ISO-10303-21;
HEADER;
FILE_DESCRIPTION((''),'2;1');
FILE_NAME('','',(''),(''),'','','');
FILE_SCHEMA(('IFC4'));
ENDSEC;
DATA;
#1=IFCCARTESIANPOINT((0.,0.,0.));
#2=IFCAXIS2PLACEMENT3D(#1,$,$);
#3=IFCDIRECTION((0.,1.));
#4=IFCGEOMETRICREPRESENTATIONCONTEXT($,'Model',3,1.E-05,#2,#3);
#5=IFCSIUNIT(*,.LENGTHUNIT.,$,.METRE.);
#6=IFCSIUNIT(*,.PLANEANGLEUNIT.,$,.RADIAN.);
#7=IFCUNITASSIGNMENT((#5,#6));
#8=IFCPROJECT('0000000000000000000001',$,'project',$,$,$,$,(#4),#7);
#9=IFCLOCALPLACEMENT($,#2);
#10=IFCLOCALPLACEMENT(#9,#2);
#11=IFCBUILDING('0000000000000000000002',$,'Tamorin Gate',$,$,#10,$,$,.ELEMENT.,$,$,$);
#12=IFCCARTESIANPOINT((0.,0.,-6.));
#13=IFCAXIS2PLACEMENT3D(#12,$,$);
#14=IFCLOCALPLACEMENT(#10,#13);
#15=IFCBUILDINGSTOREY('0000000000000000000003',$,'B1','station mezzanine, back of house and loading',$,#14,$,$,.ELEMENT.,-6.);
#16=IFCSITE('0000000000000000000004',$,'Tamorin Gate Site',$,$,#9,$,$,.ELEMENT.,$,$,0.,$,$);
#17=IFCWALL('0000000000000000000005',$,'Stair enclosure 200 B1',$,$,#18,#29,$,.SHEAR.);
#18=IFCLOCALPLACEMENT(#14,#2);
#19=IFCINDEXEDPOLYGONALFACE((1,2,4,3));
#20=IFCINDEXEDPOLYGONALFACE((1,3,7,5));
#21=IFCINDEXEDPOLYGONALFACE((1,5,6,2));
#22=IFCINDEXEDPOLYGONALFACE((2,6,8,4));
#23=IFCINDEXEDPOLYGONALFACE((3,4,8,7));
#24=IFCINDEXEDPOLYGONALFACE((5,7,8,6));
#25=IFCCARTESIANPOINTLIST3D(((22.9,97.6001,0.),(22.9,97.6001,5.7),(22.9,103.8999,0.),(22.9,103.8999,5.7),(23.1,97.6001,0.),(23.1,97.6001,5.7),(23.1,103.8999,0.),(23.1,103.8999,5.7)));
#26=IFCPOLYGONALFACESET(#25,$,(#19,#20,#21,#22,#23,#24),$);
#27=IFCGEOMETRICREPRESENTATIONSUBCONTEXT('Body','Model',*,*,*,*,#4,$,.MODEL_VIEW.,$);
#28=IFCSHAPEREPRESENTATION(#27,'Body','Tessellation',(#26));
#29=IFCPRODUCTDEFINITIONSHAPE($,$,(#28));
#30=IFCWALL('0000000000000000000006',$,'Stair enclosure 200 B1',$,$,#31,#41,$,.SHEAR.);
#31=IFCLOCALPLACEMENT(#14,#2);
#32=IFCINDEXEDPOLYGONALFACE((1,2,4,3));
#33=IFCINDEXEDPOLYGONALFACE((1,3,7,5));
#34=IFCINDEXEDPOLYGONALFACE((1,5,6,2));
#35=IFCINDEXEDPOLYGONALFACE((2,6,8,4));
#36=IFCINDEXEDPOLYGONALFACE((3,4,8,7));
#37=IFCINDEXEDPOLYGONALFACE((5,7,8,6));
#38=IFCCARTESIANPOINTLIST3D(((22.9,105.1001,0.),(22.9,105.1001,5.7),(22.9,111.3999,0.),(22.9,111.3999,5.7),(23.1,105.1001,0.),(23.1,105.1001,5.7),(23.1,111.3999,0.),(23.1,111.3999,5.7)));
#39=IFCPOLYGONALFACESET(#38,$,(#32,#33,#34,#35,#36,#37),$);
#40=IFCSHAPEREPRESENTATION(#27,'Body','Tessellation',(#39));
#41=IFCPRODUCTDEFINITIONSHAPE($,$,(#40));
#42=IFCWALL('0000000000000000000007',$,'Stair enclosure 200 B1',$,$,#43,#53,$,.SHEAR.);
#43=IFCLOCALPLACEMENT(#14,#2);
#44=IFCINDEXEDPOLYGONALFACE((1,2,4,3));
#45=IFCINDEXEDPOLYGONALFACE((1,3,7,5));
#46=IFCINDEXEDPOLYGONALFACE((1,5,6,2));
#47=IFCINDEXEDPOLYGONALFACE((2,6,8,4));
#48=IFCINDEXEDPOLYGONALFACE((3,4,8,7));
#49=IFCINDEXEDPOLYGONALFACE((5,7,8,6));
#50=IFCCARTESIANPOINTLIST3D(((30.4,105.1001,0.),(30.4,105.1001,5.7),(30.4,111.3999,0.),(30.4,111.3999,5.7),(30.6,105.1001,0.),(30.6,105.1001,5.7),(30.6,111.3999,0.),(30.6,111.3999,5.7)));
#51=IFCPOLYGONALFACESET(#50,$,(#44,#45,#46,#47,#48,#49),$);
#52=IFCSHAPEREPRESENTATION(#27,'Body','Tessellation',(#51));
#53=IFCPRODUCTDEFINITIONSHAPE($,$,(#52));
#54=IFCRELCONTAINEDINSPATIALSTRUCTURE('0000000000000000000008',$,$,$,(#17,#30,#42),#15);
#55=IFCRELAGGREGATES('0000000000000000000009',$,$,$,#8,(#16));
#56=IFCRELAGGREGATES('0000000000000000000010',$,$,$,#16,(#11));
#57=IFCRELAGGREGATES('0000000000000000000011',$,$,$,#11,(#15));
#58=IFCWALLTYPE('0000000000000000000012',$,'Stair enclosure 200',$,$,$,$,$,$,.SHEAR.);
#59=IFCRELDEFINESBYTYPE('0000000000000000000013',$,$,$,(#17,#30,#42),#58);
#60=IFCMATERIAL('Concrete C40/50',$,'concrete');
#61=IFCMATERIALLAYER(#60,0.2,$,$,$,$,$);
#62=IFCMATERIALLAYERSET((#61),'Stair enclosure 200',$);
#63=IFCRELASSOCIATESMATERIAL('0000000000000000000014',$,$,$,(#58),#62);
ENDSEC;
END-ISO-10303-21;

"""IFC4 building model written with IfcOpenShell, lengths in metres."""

from ifc_helpers import new_model, si_unit, direction, frame, frame_2d, origin, place, context, subcontext, project, spatial, rectangle, extrude, material, layer, layer_set, type_object, element, save


model = new_model("IFC4")

# Units and contexts
model_context = context("Model", 3, precision=1e-05, world=origin(), true_north=direction((0.0, 1.0)))
body_context = subcontext(model_context, "Body", "Model", "MODEL_VIEW")
ifc_project = project(units=[si_unit("LENGTHUNIT", "METRE"), si_unit("PLANEANGLEUNIT", "RADIAN")], contexts=[model_context])

# Site, building, storey
site_placement = place(None, origin())
site = spatial("IfcSite", under=ifc_project, at=site_placement, Name="Tamorin Gate Site", CompositionType="ELEMENT", RefElevation=0.0)
building_placement = place(site_placement, origin())
building = spatial("IfcBuilding", under=site, at=building_placement, Name="Tamorin Gate", CompositionType="ELEMENT")
storey_placement = place(building_placement, frame((0.0, 0.0, -6.0)))
storey = spatial("IfcBuildingStorey", under=building, at=storey_placement, Name="B1", Description="station mezzanine, back of house and loading", CompositionType="ELEMENT", Elevation=-6.0)

# Shared definitions
ifc_material_1 = material(Name="Concrete C40/50", Category="concrete")

# Walls
ifc_layer_1 = layer(ifc_material_1, 0.2)
ifc_layer_set_1 = layer_set([ifc_layer_1], Name="Stair enclosure 200")
wall_type_1 = type_object("IfcWallType", Name="Stair enclosure 200", PredefinedType="SHEAR", material=ifc_layer_set_1)
for number, where, z_axis, x_axis, name in (
    (1, (23.0, 97.6001, 0.0), (0.0, 0.0, 1.0), (0.0, 1.0, 0.0), "Stair enclosure 200 B1"),
    (2, (23.0, 105.1001, 0.0), (0.0, 0.0, 1.0), (0.0, 1.0, 0.0), "Stair enclosure 200 B1"),
    (3, (30.5, 105.1001, 0.0), (0.0, 0.0, 1.0), (0.0, 1.0, 0.0), "Stair enclosure 200 B1"),
):
    element("IfcWall", number, at=place(storey_placement, frame(where, z_axis=z_axis, x_axis=x_axis)), inside=storey, type_object=wall_type_1, Name=name, PredefinedType="SHEAR", context=body_context, shape_type="SweptSolid", body=[
        extrude(rectangle(XDim=6.2998, YDim=0.2, at=frame_2d((3.1499, 0.0))), origin(), (0.0, 0.0, 1.0), 5.7),
    ])

save(model, "model.ifc")
